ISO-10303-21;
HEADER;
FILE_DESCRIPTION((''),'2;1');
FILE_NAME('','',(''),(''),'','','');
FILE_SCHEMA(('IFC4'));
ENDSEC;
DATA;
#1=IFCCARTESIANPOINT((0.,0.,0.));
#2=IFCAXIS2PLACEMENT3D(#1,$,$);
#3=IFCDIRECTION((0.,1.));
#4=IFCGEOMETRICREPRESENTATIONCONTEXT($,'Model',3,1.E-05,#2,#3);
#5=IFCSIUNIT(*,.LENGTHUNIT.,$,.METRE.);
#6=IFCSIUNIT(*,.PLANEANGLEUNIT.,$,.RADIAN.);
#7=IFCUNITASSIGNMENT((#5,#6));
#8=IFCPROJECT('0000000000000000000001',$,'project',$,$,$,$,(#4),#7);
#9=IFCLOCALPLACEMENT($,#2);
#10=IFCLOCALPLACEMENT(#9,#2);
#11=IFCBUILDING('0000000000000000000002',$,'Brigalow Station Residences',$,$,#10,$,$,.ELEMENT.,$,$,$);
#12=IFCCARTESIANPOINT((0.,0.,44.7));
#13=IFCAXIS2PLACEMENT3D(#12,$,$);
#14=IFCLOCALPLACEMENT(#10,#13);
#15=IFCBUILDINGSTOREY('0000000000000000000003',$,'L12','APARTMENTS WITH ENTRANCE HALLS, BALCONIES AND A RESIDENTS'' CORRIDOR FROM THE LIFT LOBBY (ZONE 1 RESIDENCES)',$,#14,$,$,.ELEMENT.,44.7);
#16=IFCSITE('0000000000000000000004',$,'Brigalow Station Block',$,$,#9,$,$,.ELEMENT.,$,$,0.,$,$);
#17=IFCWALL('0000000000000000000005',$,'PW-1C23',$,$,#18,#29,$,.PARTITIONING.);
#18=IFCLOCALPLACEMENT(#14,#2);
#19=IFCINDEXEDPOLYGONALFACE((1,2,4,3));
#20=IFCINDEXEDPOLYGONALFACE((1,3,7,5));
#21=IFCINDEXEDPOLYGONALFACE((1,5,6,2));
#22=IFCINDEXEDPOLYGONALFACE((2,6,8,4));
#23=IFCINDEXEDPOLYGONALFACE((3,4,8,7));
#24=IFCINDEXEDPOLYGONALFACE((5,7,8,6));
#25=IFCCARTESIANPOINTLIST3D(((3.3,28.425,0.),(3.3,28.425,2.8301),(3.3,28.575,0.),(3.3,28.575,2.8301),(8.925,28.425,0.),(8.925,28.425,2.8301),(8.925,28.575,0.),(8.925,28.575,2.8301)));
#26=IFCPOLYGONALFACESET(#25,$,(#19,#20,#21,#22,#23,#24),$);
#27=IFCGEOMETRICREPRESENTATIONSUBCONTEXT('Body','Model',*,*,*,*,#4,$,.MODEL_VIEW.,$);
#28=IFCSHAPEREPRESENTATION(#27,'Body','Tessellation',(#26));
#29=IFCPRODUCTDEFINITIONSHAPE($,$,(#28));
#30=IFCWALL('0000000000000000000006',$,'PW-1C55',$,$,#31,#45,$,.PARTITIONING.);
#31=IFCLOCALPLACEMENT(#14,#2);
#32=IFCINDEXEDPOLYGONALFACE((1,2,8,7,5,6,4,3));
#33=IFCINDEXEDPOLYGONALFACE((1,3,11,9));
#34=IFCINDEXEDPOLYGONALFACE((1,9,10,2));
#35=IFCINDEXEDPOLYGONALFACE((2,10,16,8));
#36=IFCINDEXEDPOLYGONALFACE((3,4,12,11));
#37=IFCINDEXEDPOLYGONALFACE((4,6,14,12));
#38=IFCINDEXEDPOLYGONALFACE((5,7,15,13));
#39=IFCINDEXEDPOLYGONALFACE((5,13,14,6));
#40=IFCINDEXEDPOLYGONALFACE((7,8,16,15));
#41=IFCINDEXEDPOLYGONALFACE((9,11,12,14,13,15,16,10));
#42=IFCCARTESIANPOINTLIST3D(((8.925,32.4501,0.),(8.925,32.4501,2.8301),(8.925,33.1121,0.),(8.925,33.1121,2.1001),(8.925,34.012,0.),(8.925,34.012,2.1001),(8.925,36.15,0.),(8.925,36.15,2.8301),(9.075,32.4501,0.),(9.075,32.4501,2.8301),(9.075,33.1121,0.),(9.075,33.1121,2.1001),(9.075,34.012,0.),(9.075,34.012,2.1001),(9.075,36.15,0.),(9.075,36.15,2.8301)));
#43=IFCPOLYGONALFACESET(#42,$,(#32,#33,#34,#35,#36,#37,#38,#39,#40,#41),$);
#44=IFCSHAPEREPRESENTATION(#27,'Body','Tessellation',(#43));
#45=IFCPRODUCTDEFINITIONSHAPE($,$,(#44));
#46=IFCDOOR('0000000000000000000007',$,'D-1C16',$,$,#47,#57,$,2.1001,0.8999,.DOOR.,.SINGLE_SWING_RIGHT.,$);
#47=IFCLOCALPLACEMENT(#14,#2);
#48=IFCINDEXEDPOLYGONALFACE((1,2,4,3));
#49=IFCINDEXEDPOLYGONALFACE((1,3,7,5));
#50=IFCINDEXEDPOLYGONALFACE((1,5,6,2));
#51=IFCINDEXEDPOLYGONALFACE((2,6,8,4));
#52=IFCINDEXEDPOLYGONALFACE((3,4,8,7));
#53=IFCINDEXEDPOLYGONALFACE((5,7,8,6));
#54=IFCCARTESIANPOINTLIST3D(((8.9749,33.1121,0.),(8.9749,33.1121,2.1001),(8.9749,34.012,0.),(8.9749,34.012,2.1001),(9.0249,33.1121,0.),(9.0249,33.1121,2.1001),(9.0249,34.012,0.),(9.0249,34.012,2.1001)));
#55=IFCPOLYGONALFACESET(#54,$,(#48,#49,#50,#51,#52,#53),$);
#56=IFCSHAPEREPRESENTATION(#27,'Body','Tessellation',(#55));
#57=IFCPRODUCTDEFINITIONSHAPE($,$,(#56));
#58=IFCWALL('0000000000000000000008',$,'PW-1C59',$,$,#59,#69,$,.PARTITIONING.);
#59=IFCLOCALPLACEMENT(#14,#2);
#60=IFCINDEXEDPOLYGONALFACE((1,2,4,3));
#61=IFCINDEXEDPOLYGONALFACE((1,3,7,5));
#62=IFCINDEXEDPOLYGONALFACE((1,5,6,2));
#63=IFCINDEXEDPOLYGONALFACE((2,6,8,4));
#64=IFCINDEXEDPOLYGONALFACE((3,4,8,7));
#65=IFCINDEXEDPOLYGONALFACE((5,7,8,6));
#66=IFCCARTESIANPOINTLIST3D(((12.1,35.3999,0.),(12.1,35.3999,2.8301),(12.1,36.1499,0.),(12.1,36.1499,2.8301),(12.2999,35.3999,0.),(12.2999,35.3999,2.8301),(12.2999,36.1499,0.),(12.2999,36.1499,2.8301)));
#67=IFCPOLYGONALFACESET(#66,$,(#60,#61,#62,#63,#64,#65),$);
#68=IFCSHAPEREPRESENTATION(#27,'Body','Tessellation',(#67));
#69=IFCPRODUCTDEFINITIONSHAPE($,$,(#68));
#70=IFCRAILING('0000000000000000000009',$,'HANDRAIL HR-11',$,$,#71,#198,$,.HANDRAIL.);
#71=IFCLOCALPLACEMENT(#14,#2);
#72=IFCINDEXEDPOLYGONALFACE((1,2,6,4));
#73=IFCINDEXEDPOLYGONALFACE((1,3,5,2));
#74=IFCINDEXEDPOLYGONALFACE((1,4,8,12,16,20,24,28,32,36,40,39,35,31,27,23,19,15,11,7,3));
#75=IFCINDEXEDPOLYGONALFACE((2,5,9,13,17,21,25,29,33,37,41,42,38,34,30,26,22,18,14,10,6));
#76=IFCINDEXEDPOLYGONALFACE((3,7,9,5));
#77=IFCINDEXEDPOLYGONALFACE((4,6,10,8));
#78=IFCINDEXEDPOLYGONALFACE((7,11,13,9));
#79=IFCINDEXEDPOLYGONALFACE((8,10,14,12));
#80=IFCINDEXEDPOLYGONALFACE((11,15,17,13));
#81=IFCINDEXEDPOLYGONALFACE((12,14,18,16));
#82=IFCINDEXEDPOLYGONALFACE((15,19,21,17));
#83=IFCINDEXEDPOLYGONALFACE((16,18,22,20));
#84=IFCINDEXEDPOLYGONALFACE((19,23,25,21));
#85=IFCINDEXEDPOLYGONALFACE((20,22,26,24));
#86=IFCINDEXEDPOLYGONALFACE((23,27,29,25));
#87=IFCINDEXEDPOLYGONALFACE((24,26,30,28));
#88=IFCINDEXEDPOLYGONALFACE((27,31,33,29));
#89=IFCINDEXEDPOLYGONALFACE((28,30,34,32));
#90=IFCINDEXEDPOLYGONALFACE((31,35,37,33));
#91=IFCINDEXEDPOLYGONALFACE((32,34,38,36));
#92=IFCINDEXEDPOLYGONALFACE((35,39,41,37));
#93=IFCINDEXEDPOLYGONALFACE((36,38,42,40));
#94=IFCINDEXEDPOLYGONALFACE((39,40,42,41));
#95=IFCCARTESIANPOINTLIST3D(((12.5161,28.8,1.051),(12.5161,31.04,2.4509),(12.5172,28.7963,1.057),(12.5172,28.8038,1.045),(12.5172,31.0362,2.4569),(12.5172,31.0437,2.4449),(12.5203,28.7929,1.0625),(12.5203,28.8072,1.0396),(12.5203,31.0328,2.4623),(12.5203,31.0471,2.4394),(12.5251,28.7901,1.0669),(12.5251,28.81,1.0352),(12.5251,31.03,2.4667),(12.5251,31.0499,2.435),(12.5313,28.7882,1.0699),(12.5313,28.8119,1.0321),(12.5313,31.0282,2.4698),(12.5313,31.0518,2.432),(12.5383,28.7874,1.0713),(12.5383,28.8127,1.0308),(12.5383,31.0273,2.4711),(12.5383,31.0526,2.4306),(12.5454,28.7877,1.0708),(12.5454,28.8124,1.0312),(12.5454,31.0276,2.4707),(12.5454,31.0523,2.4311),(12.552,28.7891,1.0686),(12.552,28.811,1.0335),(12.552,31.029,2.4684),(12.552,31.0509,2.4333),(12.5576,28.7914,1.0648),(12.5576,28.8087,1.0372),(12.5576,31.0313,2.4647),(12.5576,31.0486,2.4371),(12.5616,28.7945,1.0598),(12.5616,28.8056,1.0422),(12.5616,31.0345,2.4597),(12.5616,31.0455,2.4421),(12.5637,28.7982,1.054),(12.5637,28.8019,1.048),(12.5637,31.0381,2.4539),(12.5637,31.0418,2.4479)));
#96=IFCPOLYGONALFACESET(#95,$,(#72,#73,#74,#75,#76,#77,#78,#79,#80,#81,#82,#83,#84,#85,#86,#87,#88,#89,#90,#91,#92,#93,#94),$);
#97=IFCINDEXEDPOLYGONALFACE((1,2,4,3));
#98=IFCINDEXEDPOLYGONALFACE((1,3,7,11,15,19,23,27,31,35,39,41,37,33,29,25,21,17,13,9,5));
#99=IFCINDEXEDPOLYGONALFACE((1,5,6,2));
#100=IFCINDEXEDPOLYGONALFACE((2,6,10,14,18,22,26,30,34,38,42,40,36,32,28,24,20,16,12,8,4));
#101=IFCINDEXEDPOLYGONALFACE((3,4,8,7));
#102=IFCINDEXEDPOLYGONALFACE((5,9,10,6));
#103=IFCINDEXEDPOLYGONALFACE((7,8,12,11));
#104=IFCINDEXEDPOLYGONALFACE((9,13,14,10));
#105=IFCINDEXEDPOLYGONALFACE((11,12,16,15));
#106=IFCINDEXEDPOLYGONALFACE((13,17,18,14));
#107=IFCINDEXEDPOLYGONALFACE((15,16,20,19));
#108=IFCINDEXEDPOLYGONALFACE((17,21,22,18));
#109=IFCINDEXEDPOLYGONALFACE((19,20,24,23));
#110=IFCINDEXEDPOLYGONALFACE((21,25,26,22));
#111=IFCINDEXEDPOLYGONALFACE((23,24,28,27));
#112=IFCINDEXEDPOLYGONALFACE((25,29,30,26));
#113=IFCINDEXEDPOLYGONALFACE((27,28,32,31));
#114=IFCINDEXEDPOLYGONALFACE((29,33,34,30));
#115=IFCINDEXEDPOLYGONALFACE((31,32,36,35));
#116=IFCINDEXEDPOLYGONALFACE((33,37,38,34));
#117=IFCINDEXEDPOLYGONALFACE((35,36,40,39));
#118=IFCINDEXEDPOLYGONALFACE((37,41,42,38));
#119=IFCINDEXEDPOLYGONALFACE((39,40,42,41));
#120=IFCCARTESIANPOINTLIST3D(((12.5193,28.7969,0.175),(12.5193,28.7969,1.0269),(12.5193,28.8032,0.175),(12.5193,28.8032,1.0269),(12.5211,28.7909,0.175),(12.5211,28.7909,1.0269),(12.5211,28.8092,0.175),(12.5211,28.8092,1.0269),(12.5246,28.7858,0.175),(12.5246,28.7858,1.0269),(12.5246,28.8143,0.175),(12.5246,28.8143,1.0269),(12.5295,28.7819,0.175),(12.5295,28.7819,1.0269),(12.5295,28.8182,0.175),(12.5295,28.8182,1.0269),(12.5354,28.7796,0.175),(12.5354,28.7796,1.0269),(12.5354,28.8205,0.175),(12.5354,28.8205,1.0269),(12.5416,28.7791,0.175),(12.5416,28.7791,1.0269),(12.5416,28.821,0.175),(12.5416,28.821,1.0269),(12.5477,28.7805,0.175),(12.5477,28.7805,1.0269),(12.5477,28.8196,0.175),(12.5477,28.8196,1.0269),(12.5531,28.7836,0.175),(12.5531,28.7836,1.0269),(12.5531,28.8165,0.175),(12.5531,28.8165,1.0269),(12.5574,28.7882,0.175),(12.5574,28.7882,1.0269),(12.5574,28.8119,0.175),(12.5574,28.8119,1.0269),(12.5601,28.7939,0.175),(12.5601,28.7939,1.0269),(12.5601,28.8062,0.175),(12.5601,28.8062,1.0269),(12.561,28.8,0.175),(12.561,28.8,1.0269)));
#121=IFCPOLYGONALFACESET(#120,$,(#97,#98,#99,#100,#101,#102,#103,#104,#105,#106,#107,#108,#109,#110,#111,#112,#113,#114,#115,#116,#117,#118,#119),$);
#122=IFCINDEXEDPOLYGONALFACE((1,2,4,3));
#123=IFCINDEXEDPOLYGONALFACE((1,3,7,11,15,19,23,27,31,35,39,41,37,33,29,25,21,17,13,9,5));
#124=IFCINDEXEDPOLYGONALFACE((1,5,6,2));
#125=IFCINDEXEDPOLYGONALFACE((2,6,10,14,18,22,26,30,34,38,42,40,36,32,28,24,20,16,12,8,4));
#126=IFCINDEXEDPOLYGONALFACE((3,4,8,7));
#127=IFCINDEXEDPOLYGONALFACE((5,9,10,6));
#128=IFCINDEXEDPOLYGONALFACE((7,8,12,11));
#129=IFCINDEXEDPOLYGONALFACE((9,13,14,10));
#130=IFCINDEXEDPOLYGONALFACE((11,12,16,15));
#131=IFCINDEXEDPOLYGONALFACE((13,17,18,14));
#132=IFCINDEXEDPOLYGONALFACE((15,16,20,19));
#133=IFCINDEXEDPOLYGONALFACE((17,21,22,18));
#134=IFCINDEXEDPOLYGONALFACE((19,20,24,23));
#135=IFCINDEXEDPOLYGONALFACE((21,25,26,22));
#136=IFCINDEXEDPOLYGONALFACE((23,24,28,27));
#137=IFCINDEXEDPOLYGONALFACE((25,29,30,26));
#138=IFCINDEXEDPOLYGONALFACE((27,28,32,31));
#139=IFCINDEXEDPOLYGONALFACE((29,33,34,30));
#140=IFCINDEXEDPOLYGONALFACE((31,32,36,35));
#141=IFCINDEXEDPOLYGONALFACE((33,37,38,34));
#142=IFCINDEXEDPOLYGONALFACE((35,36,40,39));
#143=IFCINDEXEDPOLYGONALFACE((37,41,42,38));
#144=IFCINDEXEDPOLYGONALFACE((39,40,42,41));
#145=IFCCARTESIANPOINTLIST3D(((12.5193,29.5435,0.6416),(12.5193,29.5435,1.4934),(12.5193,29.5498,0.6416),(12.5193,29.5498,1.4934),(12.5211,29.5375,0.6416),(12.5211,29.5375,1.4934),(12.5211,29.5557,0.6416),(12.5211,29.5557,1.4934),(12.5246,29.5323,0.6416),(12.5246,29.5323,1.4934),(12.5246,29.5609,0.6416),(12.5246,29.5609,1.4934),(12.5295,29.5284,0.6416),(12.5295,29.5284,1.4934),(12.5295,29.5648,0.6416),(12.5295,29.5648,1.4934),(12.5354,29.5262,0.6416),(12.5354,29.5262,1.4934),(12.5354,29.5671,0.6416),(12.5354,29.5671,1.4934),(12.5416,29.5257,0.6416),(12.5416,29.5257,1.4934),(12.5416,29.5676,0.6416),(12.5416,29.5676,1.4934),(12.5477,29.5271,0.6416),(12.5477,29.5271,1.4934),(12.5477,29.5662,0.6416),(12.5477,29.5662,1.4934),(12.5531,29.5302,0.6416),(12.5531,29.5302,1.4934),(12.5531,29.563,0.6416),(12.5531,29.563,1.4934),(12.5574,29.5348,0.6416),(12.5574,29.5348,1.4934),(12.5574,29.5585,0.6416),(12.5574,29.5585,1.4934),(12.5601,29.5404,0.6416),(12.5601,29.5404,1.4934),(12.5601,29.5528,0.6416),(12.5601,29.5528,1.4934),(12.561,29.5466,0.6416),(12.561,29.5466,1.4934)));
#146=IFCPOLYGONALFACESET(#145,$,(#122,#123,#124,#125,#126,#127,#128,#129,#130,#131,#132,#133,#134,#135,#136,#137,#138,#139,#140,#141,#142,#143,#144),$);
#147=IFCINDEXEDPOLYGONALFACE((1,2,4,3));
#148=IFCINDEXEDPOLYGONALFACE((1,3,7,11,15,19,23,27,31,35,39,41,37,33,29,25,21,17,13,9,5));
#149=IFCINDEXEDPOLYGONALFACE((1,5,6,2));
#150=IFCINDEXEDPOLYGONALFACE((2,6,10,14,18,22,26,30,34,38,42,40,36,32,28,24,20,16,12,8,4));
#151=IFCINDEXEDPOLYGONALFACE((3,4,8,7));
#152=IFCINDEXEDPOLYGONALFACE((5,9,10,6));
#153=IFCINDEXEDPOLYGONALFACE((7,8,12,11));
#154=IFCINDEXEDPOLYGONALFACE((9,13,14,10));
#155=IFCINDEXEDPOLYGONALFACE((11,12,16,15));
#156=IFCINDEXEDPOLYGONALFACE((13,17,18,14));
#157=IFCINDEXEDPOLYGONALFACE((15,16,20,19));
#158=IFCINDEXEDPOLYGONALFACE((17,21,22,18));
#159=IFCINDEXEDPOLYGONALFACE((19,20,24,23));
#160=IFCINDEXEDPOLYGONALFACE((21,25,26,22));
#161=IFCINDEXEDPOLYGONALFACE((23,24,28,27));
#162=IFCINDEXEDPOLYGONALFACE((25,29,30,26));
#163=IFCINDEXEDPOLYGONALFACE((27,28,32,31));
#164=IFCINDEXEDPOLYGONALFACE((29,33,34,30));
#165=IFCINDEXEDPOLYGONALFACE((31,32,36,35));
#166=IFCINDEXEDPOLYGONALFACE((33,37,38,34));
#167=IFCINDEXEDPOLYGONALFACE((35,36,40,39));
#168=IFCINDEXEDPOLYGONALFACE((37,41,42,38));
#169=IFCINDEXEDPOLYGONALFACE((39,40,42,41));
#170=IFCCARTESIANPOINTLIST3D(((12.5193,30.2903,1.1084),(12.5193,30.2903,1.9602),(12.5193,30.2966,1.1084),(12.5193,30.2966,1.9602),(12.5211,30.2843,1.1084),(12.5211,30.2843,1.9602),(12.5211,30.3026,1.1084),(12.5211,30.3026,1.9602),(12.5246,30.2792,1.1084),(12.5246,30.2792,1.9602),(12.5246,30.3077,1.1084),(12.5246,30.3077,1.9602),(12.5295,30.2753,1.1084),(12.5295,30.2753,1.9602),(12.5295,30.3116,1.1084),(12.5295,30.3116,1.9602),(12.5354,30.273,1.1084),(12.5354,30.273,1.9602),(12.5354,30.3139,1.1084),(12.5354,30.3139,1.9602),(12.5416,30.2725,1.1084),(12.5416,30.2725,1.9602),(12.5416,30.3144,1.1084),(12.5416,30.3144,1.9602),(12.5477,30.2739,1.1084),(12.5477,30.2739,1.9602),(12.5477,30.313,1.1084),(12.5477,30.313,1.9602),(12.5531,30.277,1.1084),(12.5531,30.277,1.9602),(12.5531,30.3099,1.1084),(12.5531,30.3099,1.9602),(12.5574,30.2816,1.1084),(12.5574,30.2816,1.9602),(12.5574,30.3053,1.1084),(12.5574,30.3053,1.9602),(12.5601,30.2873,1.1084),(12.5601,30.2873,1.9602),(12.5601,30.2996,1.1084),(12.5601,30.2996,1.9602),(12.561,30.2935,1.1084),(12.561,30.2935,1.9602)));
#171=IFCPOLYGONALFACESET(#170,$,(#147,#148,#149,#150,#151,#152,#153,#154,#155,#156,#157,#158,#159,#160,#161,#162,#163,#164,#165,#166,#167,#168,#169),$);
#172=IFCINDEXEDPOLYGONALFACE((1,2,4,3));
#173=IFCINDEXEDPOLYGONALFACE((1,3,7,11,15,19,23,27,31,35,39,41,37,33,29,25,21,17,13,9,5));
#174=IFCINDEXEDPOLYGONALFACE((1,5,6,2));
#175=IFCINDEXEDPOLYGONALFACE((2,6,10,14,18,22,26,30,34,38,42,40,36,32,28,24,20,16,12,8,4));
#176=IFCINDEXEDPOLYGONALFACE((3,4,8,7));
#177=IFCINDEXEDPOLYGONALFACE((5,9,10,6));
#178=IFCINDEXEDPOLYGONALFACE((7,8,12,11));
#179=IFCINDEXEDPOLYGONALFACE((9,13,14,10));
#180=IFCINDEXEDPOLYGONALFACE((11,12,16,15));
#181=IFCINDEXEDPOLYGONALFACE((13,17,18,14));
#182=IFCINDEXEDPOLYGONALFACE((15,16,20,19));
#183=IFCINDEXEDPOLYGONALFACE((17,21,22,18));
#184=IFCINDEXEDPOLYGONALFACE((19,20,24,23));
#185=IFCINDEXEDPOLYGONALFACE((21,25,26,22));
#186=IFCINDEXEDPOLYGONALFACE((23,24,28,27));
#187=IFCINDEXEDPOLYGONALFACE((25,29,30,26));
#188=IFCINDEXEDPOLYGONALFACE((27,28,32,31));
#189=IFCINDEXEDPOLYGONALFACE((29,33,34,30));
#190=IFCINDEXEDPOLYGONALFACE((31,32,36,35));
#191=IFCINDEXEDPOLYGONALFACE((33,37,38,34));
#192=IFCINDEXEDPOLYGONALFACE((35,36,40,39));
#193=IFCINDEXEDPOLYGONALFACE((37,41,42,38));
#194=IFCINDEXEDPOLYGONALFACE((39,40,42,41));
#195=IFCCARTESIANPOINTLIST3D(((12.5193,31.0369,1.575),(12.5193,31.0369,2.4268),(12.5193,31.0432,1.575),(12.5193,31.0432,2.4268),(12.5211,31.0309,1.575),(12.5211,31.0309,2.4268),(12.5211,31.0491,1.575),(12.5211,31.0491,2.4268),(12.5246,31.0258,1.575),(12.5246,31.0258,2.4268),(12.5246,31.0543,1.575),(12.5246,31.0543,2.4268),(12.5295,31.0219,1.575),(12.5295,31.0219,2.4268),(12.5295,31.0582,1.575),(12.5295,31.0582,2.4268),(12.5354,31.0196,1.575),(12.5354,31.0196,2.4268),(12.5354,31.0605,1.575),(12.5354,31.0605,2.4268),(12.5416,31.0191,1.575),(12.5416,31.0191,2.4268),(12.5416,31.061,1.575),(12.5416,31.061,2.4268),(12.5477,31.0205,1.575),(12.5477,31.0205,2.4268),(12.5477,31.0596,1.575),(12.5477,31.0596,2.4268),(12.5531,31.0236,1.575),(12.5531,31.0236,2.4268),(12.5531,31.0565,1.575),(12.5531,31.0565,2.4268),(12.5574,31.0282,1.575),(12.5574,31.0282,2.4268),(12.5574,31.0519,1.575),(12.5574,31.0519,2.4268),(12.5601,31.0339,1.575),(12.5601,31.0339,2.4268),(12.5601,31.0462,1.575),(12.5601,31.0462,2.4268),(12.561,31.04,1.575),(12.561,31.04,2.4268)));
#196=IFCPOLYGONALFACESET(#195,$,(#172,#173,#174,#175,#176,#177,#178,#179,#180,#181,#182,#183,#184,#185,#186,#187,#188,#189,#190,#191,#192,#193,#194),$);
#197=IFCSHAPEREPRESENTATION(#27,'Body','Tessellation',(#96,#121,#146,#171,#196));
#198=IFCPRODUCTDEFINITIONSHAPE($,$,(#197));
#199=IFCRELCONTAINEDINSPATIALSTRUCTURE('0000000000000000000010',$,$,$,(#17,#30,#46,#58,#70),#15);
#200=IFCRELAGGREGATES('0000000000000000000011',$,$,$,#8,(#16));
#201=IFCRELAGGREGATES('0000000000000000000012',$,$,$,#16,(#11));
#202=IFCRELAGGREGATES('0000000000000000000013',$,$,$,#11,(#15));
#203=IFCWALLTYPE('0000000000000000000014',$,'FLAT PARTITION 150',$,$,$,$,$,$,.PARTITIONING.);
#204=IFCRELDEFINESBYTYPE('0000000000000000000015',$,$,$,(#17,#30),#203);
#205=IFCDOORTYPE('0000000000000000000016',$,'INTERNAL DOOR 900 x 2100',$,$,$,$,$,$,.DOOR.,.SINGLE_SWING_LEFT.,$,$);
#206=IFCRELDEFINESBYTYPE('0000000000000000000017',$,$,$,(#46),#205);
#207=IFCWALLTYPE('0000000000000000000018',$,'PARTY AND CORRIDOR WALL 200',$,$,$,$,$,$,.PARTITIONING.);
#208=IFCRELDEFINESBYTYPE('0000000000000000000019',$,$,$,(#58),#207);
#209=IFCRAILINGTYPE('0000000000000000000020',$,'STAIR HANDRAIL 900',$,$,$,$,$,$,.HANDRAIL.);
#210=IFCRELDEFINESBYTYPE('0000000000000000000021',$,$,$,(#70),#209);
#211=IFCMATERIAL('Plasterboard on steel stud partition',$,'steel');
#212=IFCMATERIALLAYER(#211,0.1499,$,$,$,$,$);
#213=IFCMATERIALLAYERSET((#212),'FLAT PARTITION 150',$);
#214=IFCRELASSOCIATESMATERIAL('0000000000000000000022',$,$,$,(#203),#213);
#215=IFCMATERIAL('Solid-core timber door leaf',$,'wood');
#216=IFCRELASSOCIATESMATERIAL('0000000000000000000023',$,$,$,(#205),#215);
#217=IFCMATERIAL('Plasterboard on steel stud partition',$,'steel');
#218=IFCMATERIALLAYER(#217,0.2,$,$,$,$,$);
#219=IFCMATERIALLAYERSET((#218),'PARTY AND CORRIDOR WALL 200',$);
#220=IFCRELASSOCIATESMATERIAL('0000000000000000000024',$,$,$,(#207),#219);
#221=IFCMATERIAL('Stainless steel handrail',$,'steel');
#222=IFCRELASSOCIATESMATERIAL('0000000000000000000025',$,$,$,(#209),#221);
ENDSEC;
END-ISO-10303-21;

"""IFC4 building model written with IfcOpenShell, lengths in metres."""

from ifc_helpers import new_model, si_unit, direction, frame, frame_2d, origin, origin_2d, place, context, subcontext, project, spatial, rectangle, circle, extrude, material, layer, layer_set, type_object, element, fill, save


model = new_model("IFC4")

# Units and contexts
model_context = context("Model", 3, precision=1e-05, world=origin(), true_north=direction((0.0, 1.0)))
body_context = subcontext(model_context, "Body", "Model", "MODEL_VIEW")
ifc_project = project(units=[si_unit("LENGTHUNIT", "METRE"), si_unit("PLANEANGLEUNIT", "RADIAN")], contexts=[model_context])

# Site, building, storey
site_placement = place(None, origin())
site = spatial("IfcSite", under=ifc_project, at=site_placement, Name="Brigalow Station Block", CompositionType="ELEMENT", RefElevation=0.0)
building_placement = place(site_placement, origin())
building = spatial("IfcBuilding", under=site, at=building_placement, Name="Brigalow Station Residences", CompositionType="ELEMENT")
storey_placement = place(building_placement, frame((0.0, 0.0, 44.7)))
storey = spatial("IfcBuildingStorey", under=building, at=storey_placement, Name="L12", Description="APARTMENTS WITH ENTRANCE HALLS, BALCONIES AND A RESIDENTS' CORRIDOR FROM THE LIFT LOBBY (ZONE 1 RESIDENCES)", CompositionType="ELEMENT", Elevation=44.7)

# Shared definitions
ifc_material_1 = material(Name="Plasterboard on steel stud partition", Category="steel")
ifc_layer_1 = layer(ifc_material_1, 0.1499)
ifc_layer_set_1 = layer_set([ifc_layer_1], Name="FLAT PARTITION 150")
wall_type_1 = type_object("IfcWallType", Name="FLAT PARTITION 150", PredefinedType="PARTITIONING", material=ifc_layer_set_1)
ifc_material_2 = material(Name="Solid-core timber door leaf", Category="wood")
door_type_1 = type_object("IfcDoorType", Name="INTERNAL DOOR 900 x 2100", OperationType="SINGLE_SWING_LEFT", PredefinedType="DOOR", material=ifc_material_2)

# Wall
wall_1_placement = place(storey_placement, frame((3.3, 28.5, 0.0), z_axis=(0.0, 0.0, 1.0), x_axis=(1.0, 0.0, 0.0)))
element("IfcWall", 1, at=wall_1_placement, inside=storey, type_object=wall_type_1, Name="PW-1C23", PredefinedType="PARTITIONING", context=body_context, shape_type="SweptSolid", body=[
    extrude(rectangle(XDim=5.625, YDim=0.1499, at=frame_2d((2.8125, 0.0))), origin(), (0.0, 0.0, 1.0), 2.8301),
])

# Wall, opening, door
wall_2_placement = place(storey_placement, frame((9.0, 32.45, 0.0), z_axis=(0.0, 0.0, 1.0), x_axis=(0.0, 1.0, 0.0)))
wall_2 = element("IfcWall", 2, at=wall_2_placement, inside=storey, type_object=wall_type_1, Name="PW-1C55", PredefinedType="PARTITIONING", context=body_context, shape_type="SweptSolid", body=[
    extrude(rectangle(XDim=3.7, YDim=0.1499, at=frame_2d((1.8501, 0.0))), origin(), (0.0, 0.0, 1.0), 2.8301),
])
opening_1_placement = place(wall_2_placement, frame((0.6621, 0.0, 0.0)))
opening_1 = element("IfcOpeningElement", 3, at=opening_1_placement, cuts=wall_2, PredefinedType="OPENING", context=body_context, shape_type="SweptSolid", body=[
    extrude(rectangle(XDim=0.8999, YDim=2.1001, at=frame_2d((0.45, 1.05))), frame((0.0, 0.085, 0.0), z_axis=(0.0, -1.0, 0.0), x_axis=(1.0, 0.0, 0.0)), (0.0, 0.0, 1.0), 0.1699),
])
door_1_placement = place(opening_1_placement, frame((0.8999, 0.0, 0.0), z_axis=(0.0, 0.0, 1.0), x_axis=(-1.0, 0.0, 0.0)))
door_1 = element("IfcDoor", 4, at=door_1_placement, inside=storey, type_object=door_type_1, Name="D-1C16", OperationType="SINGLE_SWING_RIGHT", OverallHeight=2.1001, OverallWidth=0.8999, PredefinedType="DOOR", context=body_context, shape_type="SweptSolid", body=[
    extrude(rectangle(XDim=0.8999, YDim=2.1001, at=frame_2d((0.45, 1.05))), frame((0.0, 0.0249, 0.0), z_axis=(0.0, -1.0, 0.0), x_axis=(1.0, 0.0, 0.0)), (0.0, 0.0, 1.0), 0.05),
])
fill(opening_1, door_1)

# Wall
ifc_material_3 = material(Name="Plasterboard on steel stud partition", Category="steel")
ifc_layer_2 = layer(ifc_material_3, 0.2)
ifc_layer_set_2 = layer_set([ifc_layer_2], Name="PARTY AND CORRIDOR WALL 200")
wall_type_2 = type_object("IfcWallType", Name="PARTY AND CORRIDOR WALL 200", PredefinedType="PARTITIONING", material=ifc_layer_set_2)
wall_3_placement = place(storey_placement, frame((12.2, 35.3999, 0.0), z_axis=(0.0, 0.0, 1.0), x_axis=(0.0, 1.0, 0.0)))
element("IfcWall", 5, at=wall_3_placement, inside=storey, type_object=wall_type_2, Name="PW-1C59", PredefinedType="PARTITIONING", context=body_context, shape_type="SweptSolid", body=[
    extrude(rectangle(XDim=0.75, YDim=0.2, at=frame_2d((0.375, 0.0))), origin(), (0.0, 0.0, 1.0), 2.8301),
])

# Railing
ifc_material_4 = material(Name="Stainless steel handrail", Category="steel")
railing_type_1 = type_object("IfcRailingType", Name="STAIR HANDRAIL 900", PredefinedType="HANDRAIL", material=ifc_material_4)
railing_1_placement = place(storey_placement, frame((12.54, 28.8, 0.175)))
element("IfcRailing", 6, at=railing_1_placement, inside=storey, type_object=railing_type_1, Name="HANDRAIL HR-11", PredefinedType="HANDRAIL", context=body_context, shape_type="SweptSolid", body=[
    extrude(circle(Radius=0.0239, at=origin_2d()), frame((0.0, 0.0, 0.876), z_axis=(0.0, 0.848014, 0.529974), x_axis=(-1.0, 0.0, 0.0)), (0.0, 0.0, 1.0), 2.6414),
    extrude(circle(Radius=0.021, at=origin_2d()), origin(), (0.0, 0.0, 1.0), 0.8518),
    extrude(circle(Radius=0.021, at=origin_2d()), frame((0.0, 0.7466, 0.4666)), (0.0, 0.0, 1.0), 0.8518),
    extrude(circle(Radius=0.021, at=origin_2d()), frame((0.0, 1.4934, 0.9333)), (0.0, 0.0, 1.0), 0.8518),
    extrude(circle(Radius=0.021, at=origin_2d()), frame((0.0, 2.24, 1.3999)), (0.0, 0.0, 1.0), 0.8518),
])

save(model, "model.ifc")
